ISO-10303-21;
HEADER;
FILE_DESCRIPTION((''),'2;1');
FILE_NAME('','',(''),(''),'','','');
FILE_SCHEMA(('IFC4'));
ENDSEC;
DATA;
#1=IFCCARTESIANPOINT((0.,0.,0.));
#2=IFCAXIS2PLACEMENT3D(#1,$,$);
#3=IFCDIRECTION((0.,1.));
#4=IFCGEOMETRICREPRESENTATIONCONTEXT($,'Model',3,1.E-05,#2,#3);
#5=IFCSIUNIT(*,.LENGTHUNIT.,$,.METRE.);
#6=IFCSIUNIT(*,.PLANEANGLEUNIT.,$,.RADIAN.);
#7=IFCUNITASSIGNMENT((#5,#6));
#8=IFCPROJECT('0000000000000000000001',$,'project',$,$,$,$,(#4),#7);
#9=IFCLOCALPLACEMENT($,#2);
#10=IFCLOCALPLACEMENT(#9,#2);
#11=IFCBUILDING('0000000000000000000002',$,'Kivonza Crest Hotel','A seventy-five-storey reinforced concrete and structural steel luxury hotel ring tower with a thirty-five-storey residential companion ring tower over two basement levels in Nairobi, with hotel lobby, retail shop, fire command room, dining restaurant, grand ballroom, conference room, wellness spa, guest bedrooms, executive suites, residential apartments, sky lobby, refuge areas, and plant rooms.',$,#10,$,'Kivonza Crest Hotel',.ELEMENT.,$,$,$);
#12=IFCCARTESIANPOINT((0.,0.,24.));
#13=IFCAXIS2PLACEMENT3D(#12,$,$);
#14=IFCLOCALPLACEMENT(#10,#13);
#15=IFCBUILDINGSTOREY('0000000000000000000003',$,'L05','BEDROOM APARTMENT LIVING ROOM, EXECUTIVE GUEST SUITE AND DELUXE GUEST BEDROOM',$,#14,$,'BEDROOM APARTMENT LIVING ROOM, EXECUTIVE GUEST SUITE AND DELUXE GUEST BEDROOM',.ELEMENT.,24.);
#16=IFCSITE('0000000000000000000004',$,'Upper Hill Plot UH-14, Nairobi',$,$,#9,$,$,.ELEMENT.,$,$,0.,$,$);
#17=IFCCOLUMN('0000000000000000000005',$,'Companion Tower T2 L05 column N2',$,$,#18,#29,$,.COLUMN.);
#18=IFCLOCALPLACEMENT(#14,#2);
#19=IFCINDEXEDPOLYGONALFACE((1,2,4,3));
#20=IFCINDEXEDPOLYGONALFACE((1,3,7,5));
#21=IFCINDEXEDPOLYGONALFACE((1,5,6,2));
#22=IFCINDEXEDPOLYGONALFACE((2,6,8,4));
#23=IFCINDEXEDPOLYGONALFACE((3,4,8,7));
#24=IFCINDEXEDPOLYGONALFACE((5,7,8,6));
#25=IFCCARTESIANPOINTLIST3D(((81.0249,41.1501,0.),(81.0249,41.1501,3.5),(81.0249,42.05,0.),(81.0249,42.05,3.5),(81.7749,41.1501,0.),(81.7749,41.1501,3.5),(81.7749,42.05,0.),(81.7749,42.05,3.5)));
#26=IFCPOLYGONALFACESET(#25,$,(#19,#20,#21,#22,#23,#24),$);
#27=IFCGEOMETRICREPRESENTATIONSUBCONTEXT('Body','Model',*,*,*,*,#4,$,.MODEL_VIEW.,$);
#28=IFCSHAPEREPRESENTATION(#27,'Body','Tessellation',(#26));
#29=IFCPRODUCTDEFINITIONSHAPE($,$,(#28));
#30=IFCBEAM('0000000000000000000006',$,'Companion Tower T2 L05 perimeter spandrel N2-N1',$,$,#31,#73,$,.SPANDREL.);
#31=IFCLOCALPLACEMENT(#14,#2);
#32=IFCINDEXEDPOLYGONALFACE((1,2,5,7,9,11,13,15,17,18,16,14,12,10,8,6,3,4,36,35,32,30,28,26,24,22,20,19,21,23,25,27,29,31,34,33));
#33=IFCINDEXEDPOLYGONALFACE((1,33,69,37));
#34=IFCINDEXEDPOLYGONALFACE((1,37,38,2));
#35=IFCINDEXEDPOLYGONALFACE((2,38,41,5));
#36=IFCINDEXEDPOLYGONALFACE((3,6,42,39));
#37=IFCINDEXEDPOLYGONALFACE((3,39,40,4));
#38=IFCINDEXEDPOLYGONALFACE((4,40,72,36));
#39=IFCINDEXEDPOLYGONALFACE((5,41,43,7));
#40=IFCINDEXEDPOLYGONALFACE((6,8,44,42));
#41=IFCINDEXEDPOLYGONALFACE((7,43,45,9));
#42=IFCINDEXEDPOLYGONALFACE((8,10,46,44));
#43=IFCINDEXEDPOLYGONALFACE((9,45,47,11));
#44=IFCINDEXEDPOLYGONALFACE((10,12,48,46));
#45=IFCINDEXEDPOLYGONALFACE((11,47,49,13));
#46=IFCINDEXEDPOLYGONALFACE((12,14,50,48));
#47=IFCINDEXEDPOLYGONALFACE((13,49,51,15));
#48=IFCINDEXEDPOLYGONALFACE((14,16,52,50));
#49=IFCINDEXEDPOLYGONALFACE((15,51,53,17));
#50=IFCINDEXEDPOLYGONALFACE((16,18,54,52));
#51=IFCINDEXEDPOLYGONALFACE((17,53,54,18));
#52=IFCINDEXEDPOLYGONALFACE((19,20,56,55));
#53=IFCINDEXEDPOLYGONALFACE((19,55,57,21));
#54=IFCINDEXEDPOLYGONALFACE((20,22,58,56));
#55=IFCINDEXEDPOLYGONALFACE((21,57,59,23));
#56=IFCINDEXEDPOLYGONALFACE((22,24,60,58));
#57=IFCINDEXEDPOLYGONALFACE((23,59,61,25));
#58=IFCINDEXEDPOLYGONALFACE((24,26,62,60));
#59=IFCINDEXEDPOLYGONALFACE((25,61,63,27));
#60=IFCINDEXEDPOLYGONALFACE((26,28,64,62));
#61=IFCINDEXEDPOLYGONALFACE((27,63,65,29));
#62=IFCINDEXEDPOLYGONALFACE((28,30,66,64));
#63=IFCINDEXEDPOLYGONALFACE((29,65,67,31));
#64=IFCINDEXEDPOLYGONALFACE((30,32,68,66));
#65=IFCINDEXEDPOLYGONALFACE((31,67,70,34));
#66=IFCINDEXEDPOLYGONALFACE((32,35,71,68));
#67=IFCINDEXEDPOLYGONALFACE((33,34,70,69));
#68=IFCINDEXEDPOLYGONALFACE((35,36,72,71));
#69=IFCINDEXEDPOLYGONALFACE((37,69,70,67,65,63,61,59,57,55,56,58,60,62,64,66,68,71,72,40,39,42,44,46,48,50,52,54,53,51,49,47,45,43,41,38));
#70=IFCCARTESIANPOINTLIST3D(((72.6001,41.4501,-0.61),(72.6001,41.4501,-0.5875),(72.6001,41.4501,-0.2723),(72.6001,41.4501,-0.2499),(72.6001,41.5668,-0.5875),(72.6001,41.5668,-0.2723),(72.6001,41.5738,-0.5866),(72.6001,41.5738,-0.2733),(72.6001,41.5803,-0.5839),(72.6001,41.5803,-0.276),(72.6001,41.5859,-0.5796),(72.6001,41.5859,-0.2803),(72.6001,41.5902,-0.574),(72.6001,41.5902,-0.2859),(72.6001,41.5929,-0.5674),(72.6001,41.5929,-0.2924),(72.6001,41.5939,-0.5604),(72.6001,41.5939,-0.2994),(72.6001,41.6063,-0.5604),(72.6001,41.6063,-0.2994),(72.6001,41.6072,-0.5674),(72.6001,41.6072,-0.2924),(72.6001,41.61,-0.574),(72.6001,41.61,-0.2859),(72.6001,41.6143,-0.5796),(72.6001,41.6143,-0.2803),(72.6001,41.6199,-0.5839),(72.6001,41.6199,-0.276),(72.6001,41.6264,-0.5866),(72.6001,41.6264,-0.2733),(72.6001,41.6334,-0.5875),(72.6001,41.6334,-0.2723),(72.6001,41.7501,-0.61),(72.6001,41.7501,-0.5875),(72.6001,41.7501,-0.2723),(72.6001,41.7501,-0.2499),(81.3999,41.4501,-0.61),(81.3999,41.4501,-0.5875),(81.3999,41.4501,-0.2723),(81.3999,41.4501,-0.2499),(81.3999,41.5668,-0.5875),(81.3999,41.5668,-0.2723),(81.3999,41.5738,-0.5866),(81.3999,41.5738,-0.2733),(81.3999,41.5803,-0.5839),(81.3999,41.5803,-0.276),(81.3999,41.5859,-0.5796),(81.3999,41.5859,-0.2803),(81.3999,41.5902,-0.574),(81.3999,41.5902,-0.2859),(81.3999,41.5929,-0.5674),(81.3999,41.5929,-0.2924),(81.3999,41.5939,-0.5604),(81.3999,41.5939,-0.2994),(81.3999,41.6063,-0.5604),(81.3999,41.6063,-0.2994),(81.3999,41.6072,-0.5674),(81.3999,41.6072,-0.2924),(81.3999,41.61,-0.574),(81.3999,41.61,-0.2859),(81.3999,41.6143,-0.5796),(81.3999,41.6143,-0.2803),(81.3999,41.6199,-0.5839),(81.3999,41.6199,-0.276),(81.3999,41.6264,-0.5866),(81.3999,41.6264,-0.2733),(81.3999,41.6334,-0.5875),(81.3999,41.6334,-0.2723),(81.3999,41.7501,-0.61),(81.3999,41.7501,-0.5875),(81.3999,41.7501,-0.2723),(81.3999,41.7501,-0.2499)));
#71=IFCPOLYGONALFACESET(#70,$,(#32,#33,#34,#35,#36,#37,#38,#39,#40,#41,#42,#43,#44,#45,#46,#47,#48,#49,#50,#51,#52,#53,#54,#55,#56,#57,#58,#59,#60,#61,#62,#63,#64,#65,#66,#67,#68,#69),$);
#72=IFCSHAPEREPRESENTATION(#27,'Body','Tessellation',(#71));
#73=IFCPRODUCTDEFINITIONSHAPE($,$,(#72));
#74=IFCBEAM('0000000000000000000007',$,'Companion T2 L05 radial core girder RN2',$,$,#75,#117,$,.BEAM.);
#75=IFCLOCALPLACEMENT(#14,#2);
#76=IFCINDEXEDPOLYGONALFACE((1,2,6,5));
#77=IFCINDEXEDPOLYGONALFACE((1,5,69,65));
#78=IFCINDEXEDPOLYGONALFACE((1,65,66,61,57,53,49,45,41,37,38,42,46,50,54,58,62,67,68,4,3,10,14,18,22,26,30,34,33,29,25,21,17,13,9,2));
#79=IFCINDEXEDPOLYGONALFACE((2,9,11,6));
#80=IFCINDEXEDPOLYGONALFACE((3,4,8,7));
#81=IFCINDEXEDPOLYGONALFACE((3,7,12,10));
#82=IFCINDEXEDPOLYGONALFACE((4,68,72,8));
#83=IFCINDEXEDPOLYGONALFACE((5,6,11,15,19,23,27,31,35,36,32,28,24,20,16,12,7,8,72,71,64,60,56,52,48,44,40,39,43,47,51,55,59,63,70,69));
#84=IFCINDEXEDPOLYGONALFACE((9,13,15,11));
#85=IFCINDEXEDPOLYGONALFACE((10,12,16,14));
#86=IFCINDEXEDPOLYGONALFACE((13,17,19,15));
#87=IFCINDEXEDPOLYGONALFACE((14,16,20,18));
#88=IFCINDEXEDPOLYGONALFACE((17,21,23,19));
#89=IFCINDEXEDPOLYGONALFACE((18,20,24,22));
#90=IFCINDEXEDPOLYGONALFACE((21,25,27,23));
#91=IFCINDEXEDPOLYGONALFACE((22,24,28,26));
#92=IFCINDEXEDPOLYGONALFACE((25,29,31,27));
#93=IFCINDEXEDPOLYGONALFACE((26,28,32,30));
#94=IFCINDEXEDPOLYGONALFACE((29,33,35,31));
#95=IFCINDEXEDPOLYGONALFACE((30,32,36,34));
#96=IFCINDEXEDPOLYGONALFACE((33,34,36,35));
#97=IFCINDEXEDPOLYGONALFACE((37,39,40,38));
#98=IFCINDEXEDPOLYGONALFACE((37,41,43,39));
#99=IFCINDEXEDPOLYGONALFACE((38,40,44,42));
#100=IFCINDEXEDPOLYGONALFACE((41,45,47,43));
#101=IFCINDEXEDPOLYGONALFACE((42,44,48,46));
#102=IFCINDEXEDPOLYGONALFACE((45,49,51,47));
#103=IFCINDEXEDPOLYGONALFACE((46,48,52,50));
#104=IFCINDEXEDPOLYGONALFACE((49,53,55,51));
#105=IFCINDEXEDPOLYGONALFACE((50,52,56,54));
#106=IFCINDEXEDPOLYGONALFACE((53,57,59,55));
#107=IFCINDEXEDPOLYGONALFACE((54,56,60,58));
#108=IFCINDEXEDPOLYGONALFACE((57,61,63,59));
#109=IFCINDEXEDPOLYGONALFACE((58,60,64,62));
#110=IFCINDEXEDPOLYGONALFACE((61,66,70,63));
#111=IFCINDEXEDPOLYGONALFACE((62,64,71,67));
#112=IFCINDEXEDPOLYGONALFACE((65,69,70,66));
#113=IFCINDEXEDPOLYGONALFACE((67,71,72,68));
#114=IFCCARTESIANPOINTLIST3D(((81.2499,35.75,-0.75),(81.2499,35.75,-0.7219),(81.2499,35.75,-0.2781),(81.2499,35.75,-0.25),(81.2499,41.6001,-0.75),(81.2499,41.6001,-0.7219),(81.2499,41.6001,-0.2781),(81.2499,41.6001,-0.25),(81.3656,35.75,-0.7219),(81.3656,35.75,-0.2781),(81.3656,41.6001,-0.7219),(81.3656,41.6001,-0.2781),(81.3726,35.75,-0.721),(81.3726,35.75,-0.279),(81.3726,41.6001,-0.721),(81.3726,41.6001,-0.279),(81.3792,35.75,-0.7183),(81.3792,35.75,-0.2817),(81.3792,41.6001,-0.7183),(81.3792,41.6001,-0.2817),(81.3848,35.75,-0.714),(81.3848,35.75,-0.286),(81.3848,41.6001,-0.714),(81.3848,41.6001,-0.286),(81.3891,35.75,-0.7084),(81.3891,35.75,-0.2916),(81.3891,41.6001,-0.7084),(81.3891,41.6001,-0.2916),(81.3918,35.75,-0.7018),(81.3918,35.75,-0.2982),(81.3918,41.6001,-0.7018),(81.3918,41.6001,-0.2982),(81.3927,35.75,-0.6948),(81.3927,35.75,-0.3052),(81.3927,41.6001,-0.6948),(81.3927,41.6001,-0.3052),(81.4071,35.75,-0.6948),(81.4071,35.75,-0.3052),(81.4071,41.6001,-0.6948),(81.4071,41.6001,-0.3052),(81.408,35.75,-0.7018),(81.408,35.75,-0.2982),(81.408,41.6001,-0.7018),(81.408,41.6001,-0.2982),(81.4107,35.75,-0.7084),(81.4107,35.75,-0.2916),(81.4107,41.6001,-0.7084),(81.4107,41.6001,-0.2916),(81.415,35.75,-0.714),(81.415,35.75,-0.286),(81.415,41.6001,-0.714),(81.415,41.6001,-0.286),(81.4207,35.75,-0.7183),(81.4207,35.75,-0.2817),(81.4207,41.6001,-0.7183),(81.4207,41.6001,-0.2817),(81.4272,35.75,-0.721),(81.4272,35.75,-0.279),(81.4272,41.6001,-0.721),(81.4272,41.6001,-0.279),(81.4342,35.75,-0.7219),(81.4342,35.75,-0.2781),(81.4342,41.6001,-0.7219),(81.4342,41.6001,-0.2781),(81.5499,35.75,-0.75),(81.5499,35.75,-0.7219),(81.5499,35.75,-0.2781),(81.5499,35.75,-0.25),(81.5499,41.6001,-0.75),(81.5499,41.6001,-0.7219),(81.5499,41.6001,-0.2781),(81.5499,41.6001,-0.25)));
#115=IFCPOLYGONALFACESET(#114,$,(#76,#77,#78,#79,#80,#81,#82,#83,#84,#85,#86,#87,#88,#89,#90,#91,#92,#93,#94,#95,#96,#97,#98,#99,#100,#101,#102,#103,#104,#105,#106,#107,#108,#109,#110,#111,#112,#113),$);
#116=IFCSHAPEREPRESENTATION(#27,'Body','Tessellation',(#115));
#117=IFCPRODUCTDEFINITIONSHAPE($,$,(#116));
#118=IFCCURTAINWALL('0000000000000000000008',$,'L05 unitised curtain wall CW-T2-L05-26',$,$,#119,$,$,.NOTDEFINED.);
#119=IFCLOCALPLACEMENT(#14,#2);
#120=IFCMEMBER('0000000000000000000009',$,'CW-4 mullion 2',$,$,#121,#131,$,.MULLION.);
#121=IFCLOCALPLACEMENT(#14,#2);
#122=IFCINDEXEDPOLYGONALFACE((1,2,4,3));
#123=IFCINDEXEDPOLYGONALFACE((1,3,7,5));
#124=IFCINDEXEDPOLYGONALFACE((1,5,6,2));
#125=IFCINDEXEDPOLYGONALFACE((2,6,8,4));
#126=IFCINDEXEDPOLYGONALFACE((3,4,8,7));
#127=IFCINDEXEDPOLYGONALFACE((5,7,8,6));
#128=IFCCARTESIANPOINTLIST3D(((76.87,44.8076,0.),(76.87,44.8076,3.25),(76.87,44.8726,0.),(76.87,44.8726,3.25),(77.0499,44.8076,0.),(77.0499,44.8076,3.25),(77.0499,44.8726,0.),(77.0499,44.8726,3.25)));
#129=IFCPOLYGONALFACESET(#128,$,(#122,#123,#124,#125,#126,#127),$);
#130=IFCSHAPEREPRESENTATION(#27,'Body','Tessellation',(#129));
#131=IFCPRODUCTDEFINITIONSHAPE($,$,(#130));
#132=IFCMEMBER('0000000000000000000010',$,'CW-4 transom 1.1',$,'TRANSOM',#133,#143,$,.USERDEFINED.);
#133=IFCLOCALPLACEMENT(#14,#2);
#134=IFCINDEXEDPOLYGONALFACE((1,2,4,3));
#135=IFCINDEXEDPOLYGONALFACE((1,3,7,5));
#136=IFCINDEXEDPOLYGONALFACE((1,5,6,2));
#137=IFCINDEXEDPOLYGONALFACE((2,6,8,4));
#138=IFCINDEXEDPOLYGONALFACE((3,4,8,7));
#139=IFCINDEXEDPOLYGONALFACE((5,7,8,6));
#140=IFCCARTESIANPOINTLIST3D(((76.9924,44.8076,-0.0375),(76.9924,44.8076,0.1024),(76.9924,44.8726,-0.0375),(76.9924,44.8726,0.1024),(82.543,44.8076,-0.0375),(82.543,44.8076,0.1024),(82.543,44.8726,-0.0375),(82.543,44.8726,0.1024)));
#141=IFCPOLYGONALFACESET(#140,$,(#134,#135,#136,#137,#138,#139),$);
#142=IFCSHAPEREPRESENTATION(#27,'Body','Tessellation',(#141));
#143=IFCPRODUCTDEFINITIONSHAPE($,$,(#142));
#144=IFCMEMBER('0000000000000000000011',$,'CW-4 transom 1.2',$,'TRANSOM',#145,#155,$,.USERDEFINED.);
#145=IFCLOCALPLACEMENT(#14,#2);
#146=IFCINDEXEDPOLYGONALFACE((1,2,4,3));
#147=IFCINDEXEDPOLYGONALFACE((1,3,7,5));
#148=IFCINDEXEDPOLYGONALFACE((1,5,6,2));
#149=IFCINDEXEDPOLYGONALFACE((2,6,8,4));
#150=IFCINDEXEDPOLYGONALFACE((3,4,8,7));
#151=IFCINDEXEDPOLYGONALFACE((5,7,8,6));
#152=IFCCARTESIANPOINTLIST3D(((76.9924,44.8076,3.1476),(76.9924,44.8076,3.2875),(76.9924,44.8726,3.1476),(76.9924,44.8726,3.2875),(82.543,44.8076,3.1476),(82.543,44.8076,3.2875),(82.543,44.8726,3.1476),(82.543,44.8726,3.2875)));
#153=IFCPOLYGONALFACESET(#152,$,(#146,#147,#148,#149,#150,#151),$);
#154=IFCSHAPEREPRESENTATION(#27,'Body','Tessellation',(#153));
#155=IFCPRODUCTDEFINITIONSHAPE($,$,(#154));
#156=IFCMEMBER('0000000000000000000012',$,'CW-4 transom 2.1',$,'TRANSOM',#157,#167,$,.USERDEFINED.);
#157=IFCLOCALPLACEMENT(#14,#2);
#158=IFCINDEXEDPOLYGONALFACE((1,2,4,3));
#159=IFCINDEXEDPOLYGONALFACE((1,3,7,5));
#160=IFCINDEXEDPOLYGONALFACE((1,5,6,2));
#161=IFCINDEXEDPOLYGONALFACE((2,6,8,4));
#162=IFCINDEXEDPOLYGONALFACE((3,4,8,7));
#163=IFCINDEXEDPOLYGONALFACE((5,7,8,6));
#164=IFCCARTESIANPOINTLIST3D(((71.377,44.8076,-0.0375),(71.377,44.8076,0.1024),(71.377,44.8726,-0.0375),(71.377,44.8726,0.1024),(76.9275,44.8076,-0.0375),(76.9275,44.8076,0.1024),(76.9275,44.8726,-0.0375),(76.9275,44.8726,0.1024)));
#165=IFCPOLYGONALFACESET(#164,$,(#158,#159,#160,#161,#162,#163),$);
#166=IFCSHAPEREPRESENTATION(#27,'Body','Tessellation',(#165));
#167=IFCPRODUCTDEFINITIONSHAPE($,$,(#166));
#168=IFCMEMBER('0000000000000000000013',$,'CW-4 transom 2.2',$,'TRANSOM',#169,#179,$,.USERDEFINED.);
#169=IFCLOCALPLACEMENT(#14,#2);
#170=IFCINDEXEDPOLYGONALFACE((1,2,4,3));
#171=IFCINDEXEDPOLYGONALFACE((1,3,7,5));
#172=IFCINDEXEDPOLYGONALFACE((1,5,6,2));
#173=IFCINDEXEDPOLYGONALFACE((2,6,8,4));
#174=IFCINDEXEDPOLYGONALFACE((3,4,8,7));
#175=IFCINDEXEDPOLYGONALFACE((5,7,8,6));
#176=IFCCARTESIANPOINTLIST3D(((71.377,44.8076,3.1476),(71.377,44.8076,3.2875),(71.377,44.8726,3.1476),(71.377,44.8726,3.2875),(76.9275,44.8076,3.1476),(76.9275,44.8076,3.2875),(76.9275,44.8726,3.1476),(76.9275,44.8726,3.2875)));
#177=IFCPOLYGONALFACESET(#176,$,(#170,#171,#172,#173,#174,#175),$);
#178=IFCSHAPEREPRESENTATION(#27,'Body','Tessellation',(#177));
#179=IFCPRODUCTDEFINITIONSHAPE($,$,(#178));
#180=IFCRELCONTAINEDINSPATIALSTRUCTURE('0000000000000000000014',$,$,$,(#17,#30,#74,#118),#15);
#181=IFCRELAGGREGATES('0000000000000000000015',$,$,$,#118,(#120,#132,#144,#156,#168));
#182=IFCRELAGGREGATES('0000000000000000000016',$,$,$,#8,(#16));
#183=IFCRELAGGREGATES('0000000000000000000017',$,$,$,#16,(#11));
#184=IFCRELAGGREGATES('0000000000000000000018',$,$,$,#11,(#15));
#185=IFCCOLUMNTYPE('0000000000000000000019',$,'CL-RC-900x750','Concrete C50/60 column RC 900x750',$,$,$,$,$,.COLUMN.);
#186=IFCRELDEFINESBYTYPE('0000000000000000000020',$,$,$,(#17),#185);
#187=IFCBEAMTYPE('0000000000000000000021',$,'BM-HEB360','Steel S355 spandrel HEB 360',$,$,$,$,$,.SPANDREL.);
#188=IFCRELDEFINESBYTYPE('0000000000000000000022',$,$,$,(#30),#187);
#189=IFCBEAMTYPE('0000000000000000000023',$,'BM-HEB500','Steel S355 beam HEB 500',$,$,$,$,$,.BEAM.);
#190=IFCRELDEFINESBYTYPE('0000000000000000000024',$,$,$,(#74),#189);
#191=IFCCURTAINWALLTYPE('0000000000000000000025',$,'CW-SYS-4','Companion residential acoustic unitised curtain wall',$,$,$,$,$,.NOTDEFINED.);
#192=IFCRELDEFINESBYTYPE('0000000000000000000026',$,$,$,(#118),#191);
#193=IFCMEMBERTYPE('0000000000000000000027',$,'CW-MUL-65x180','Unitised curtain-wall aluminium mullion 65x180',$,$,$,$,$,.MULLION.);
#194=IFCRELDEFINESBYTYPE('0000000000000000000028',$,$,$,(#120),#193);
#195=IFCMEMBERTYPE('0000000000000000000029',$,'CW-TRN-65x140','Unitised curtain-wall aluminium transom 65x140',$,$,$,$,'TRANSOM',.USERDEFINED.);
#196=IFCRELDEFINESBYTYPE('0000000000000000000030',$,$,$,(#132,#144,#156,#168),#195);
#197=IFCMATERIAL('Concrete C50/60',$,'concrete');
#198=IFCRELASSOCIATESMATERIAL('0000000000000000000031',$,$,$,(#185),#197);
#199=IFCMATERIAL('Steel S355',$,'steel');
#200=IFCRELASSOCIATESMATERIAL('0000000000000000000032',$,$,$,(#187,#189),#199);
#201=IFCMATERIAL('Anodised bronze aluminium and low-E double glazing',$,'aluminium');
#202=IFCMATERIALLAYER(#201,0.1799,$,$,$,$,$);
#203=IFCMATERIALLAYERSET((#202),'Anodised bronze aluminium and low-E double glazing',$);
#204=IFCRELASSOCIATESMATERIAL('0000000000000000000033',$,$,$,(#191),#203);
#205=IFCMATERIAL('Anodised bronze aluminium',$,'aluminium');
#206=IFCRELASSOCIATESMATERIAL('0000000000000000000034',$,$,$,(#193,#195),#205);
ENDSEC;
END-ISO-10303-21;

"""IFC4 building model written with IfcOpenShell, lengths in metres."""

from ifc_helpers import new_model, si_unit, direction, frame, origin, origin_2d, place, context, subcontext, project, spatial, rectangle, i_section, extrude, material, layer, layer_set, material_profile, profile_set, type_object, element, aggregate, save


model = new_model("IFC4")

# Units and contexts
model_context = context("Model", 3, precision=1e-05, world=origin(), true_north=direction((0.0, 1.0)))
body_context = subcontext(model_context, "Body", "Model", "MODEL_VIEW")
ifc_project = project(units=[si_unit("LENGTHUNIT", "METRE"), si_unit("PLANEANGLEUNIT", "RADIAN")], contexts=[model_context])

# Site, building, storey
site_placement = place(None, origin())
site = spatial("IfcSite", under=ifc_project, at=site_placement, Name="Upper Hill Plot UH-14, Nairobi", CompositionType="ELEMENT", RefElevation=0.0)
building_placement = place(site_placement, origin())
building = spatial("IfcBuilding", under=site, at=building_placement, Name="Kivonza Crest Hotel", Description="A seventy-five-storey reinforced concrete and structural steel luxury hotel ring tower with a thirty-five-storey residential companion ring tower over two basement levels in Nairobi, with hotel lobby, retail shop, fire command room, dining restaurant, grand ballroom, conference room, wellness spa, guest bedrooms, executive suites, residential apartments, sky lobby, refuge areas, and plant rooms.", LongName="Kivonza Crest Hotel", CompositionType="ELEMENT")
storey_placement = place(building_placement, frame((0.0, 0.0, 24.0)))
storey = spatial("IfcBuildingStorey", under=building, at=storey_placement, Name="L05", Description="BEDROOM APARTMENT LIVING ROOM, EXECUTIVE GUEST SUITE AND DELUXE GUEST BEDROOM", LongName="BEDROOM APARTMENT LIVING ROOM, EXECUTIVE GUEST SUITE AND DELUXE GUEST BEDROOM", CompositionType="ELEMENT", Elevation=24.0)

# Column
ifc_material_1 = material(Name="Concrete C50/60", Category="concrete")
ifc_material_profile_1 = material_profile(ifc_material_1, rectangle(XDim=0.75, YDim=0.8999, at=origin_2d()), Name="RC 900x750")
ifc_profile_set_1 = profile_set([ifc_material_profile_1], Name="Concrete C50/60")
column_type = type_object("IfcColumnType", Name="CL-RC-900x750", Description="Concrete C50/60 column RC 900x750", PredefinedType="COLUMN", material=ifc_profile_set_1)
column_placement = place(storey_placement, frame((81.3999, 41.6001, 0.0), z_axis=(0.0, 0.0, 1.0), x_axis=(1.0, 0.0, 0.0)))
element("IfcColumn", 1, at=column_placement, inside=storey, type_object=column_type, Name="Companion Tower T2 L05 column N2", PredefinedType="COLUMN", context=body_context, shape_type="SweptSolid", body=[
    extrude(rectangle(XDim=0.75, YDim=0.8999, at=origin_2d()), origin(), (0.0, 0.0, 1.0), 3.5),
])

# Beams
ifc_material_2 = material(Name="Steel S355", Category="steel")
ifc_material_profile_2 = material_profile(ifc_material_2, i_section(OverallWidth=0.3, OverallDepth=0.3601, WebThickness=0.0125, FlangeThickness=0.0225, FilletRadius=0.0271, at=origin_2d()), Name="HEB 360")
ifc_profile_set_2 = profile_set([ifc_material_profile_2], Name="Steel S355")
beam_type_1 = type_object("IfcBeamType", Name="BM-HEB360", Description="Steel S355 spandrel HEB 360", PredefinedType="SPANDREL", material=ifc_profile_set_2)
beam_1_placement = place(storey_placement, frame((81.3999, 41.6001, -0.4299), z_axis=(-1.0, 0.0, 0.0), x_axis=(0.0, -1.0, 0.0)))
element("IfcBeam", 2, at=beam_1_placement, inside=storey, type_object=beam_type_1, Name="Companion Tower T2 L05 perimeter spandrel N2-N1", PredefinedType="SPANDREL", context=body_context, shape_type="SweptSolid", body=[
    extrude(i_section(OverallWidth=0.3, OverallDepth=0.3601, WebThickness=0.0125, FlangeThickness=0.0225, FilletRadius=0.0271, at=origin_2d()), origin(), (0.0, 0.0, 1.0), 8.7998),
])
ifc_material_profile_3 = material_profile(ifc_material_2, i_section(OverallWidth=0.3, OverallDepth=0.5, WebThickness=0.0144, FlangeThickness=0.0281, FilletRadius=0.0271, at=origin_2d()), Name="HEB 500")
ifc_profile_set_3 = profile_set([ifc_material_profile_3], Name="Steel S355")
beam_type_2 = type_object("IfcBeamType", Name="BM-HEB500", Description="Steel S355 beam HEB 500", PredefinedType="BEAM", material=ifc_profile_set_3)
beam_2_placement = place(storey_placement, frame((81.3999, 41.6001, -0.5), z_axis=(0.0, -1.0, 0.0), x_axis=(1.0, 0.0, 0.0)))
element("IfcBeam", 3, at=beam_2_placement, inside=storey, type_object=beam_type_2, Name="Companion T2 L05 radial core girder RN2", PredefinedType="BEAM", context=body_context, shape_type="SweptSolid", body=[
    extrude(i_section(OverallWidth=0.3, OverallDepth=0.5, WebThickness=0.0144, FlangeThickness=0.0281, FilletRadius=0.0271, at=origin_2d()), origin(), (0.0, 0.0, 1.0), 5.8501),
])

# Curtain wall, members
ifc_material_3 = material(Name="Anodised bronze aluminium and low-E double glazing", Category="aluminium")
ifc_layer_1 = layer(ifc_material_3, 0.1799)
ifc_layer_set_1 = layer_set([ifc_layer_1], Name="Anodised bronze aluminium and low-E double glazing")
curtain_wall_type = type_object("IfcCurtainWallType", Name="CW-SYS-4", Description="Companion residential acoustic unitised curtain wall", PredefinedType="NOTDEFINED", material=ifc_layer_set_1)
curtain_wall_placement = place(storey_placement, origin())
curtain_wall = element("IfcCurtainWall", 4, at=curtain_wall_placement, inside=storey, type_object=curtain_wall_type, Name="L05 unitised curtain wall CW-T2-L05-26", PredefinedType="NOTDEFINED")
ifc_material_4 = material(Name="Anodised bronze aluminium", Category="aluminium")
ifc_material_profile_4 = material_profile(ifc_material_4, rectangle(XDim=0.0649, YDim=0.1799, at=origin_2d()), Name="CW-M 65x180")
ifc_profile_set_4 = profile_set([ifc_material_profile_4], Name="Anodised bronze aluminium")
member_type_1 = type_object("IfcMemberType", Name="CW-MUL-65x180", Description="Unitised curtain-wall aluminium mullion 65x180", PredefinedType="MULLION", material=ifc_profile_set_4)
member_1_placement = place(storey_placement, frame((76.96, 44.8401, 0.0), z_axis=(0.0, 0.0, 1.0), x_axis=(0.0, -1.0, 0.0)))
member_1 = element("IfcMember", 5, at=member_1_placement, type_object=member_type_1, Name="CW-4 mullion 2", PredefinedType="MULLION", context=body_context, shape_type="SweptSolid", body=[
    extrude(rectangle(XDim=0.0649, YDim=0.1799, at=origin_2d()), origin(), (0.0, 0.0, 1.0), 3.25),
])
ifc_material_profile_5 = material_profile(ifc_material_4, rectangle(XDim=0.0649, YDim=0.1399, at=origin_2d()), Name="CW-T 65x140")
ifc_profile_set_5 = profile_set([ifc_material_profile_5], Name="Anodised bronze aluminium")
member_type_2 = type_object("IfcMemberType", Name="CW-TRN-65x140", Description="Unitised curtain-wall aluminium transom 65x140", ElementType="TRANSOM", PredefinedType="USERDEFINED", material=ifc_profile_set_5)
member_2_placement = place(storey_placement, frame((82.543, 44.8401, 0.0325), z_axis=(-1.0, 0.0, 0.0), x_axis=(0.0, -1.0, 0.0)))
member_2 = element("IfcMember", 6, at=member_2_placement, type_object=member_type_2, Name="CW-4 transom 1.1", ObjectType="TRANSOM", PredefinedType="USERDEFINED", context=body_context, shape_type="SweptSolid", body=[
    extrude(rectangle(XDim=0.0649, YDim=0.1399, at=origin_2d()), origin(), (0.0, 0.0, 1.0), 5.5505),
])
member_3_placement = place(storey_placement, frame((82.543, 44.8401, 3.2175), z_axis=(-1.0, 0.0, 0.0), x_axis=(0.0, -1.0, 0.0)))
member_3 = element("IfcMember", 7, at=member_3_placement, type_object=member_type_2, Name="CW-4 transom 1.2", ObjectType="TRANSOM", PredefinedType="USERDEFINED", context=body_context, shape_type="SweptSolid", body=[
    extrude(rectangle(XDim=0.0649, YDim=0.1399, at=origin_2d()), origin(), (0.0, 0.0, 1.0), 5.5505),
])
member_4_placement = place(storey_placement, frame((76.9275, 44.8401, 0.0325), z_axis=(-1.0, 0.0, 0.0), x_axis=(0.0, -1.0, 0.0)))
member_4 = element("IfcMember", 8, at=member_4_placement, type_object=member_type_2, Name="CW-4 transom 2.1", ObjectType="TRANSOM", PredefinedType="USERDEFINED", context=body_context, shape_type="SweptSolid", body=[
    extrude(rectangle(XDim=0.0649, YDim=0.1399, at=origin_2d()), origin(), (0.0, 0.0, 1.0), 5.5505),
])
member_5_placement = place(storey_placement, frame((76.9275, 44.8401, 3.2175), z_axis=(-1.0, 0.0, 0.0), x_axis=(0.0, -1.0, 0.0)))
member_5 = element("IfcMember", 9, at=member_5_placement, type_object=member_type_2, Name="CW-4 transom 2.2", ObjectType="TRANSOM", PredefinedType="USERDEFINED", context=body_context, shape_type="SweptSolid", body=[
    extrude(rectangle(XDim=0.0649, YDim=0.1399, at=origin_2d()), origin(), (0.0, 0.0, 1.0), 5.5505),
])
aggregate(curtain_wall, [member_1, member_2, member_3, member_4, member_5])

save(model, "model.ifc")
